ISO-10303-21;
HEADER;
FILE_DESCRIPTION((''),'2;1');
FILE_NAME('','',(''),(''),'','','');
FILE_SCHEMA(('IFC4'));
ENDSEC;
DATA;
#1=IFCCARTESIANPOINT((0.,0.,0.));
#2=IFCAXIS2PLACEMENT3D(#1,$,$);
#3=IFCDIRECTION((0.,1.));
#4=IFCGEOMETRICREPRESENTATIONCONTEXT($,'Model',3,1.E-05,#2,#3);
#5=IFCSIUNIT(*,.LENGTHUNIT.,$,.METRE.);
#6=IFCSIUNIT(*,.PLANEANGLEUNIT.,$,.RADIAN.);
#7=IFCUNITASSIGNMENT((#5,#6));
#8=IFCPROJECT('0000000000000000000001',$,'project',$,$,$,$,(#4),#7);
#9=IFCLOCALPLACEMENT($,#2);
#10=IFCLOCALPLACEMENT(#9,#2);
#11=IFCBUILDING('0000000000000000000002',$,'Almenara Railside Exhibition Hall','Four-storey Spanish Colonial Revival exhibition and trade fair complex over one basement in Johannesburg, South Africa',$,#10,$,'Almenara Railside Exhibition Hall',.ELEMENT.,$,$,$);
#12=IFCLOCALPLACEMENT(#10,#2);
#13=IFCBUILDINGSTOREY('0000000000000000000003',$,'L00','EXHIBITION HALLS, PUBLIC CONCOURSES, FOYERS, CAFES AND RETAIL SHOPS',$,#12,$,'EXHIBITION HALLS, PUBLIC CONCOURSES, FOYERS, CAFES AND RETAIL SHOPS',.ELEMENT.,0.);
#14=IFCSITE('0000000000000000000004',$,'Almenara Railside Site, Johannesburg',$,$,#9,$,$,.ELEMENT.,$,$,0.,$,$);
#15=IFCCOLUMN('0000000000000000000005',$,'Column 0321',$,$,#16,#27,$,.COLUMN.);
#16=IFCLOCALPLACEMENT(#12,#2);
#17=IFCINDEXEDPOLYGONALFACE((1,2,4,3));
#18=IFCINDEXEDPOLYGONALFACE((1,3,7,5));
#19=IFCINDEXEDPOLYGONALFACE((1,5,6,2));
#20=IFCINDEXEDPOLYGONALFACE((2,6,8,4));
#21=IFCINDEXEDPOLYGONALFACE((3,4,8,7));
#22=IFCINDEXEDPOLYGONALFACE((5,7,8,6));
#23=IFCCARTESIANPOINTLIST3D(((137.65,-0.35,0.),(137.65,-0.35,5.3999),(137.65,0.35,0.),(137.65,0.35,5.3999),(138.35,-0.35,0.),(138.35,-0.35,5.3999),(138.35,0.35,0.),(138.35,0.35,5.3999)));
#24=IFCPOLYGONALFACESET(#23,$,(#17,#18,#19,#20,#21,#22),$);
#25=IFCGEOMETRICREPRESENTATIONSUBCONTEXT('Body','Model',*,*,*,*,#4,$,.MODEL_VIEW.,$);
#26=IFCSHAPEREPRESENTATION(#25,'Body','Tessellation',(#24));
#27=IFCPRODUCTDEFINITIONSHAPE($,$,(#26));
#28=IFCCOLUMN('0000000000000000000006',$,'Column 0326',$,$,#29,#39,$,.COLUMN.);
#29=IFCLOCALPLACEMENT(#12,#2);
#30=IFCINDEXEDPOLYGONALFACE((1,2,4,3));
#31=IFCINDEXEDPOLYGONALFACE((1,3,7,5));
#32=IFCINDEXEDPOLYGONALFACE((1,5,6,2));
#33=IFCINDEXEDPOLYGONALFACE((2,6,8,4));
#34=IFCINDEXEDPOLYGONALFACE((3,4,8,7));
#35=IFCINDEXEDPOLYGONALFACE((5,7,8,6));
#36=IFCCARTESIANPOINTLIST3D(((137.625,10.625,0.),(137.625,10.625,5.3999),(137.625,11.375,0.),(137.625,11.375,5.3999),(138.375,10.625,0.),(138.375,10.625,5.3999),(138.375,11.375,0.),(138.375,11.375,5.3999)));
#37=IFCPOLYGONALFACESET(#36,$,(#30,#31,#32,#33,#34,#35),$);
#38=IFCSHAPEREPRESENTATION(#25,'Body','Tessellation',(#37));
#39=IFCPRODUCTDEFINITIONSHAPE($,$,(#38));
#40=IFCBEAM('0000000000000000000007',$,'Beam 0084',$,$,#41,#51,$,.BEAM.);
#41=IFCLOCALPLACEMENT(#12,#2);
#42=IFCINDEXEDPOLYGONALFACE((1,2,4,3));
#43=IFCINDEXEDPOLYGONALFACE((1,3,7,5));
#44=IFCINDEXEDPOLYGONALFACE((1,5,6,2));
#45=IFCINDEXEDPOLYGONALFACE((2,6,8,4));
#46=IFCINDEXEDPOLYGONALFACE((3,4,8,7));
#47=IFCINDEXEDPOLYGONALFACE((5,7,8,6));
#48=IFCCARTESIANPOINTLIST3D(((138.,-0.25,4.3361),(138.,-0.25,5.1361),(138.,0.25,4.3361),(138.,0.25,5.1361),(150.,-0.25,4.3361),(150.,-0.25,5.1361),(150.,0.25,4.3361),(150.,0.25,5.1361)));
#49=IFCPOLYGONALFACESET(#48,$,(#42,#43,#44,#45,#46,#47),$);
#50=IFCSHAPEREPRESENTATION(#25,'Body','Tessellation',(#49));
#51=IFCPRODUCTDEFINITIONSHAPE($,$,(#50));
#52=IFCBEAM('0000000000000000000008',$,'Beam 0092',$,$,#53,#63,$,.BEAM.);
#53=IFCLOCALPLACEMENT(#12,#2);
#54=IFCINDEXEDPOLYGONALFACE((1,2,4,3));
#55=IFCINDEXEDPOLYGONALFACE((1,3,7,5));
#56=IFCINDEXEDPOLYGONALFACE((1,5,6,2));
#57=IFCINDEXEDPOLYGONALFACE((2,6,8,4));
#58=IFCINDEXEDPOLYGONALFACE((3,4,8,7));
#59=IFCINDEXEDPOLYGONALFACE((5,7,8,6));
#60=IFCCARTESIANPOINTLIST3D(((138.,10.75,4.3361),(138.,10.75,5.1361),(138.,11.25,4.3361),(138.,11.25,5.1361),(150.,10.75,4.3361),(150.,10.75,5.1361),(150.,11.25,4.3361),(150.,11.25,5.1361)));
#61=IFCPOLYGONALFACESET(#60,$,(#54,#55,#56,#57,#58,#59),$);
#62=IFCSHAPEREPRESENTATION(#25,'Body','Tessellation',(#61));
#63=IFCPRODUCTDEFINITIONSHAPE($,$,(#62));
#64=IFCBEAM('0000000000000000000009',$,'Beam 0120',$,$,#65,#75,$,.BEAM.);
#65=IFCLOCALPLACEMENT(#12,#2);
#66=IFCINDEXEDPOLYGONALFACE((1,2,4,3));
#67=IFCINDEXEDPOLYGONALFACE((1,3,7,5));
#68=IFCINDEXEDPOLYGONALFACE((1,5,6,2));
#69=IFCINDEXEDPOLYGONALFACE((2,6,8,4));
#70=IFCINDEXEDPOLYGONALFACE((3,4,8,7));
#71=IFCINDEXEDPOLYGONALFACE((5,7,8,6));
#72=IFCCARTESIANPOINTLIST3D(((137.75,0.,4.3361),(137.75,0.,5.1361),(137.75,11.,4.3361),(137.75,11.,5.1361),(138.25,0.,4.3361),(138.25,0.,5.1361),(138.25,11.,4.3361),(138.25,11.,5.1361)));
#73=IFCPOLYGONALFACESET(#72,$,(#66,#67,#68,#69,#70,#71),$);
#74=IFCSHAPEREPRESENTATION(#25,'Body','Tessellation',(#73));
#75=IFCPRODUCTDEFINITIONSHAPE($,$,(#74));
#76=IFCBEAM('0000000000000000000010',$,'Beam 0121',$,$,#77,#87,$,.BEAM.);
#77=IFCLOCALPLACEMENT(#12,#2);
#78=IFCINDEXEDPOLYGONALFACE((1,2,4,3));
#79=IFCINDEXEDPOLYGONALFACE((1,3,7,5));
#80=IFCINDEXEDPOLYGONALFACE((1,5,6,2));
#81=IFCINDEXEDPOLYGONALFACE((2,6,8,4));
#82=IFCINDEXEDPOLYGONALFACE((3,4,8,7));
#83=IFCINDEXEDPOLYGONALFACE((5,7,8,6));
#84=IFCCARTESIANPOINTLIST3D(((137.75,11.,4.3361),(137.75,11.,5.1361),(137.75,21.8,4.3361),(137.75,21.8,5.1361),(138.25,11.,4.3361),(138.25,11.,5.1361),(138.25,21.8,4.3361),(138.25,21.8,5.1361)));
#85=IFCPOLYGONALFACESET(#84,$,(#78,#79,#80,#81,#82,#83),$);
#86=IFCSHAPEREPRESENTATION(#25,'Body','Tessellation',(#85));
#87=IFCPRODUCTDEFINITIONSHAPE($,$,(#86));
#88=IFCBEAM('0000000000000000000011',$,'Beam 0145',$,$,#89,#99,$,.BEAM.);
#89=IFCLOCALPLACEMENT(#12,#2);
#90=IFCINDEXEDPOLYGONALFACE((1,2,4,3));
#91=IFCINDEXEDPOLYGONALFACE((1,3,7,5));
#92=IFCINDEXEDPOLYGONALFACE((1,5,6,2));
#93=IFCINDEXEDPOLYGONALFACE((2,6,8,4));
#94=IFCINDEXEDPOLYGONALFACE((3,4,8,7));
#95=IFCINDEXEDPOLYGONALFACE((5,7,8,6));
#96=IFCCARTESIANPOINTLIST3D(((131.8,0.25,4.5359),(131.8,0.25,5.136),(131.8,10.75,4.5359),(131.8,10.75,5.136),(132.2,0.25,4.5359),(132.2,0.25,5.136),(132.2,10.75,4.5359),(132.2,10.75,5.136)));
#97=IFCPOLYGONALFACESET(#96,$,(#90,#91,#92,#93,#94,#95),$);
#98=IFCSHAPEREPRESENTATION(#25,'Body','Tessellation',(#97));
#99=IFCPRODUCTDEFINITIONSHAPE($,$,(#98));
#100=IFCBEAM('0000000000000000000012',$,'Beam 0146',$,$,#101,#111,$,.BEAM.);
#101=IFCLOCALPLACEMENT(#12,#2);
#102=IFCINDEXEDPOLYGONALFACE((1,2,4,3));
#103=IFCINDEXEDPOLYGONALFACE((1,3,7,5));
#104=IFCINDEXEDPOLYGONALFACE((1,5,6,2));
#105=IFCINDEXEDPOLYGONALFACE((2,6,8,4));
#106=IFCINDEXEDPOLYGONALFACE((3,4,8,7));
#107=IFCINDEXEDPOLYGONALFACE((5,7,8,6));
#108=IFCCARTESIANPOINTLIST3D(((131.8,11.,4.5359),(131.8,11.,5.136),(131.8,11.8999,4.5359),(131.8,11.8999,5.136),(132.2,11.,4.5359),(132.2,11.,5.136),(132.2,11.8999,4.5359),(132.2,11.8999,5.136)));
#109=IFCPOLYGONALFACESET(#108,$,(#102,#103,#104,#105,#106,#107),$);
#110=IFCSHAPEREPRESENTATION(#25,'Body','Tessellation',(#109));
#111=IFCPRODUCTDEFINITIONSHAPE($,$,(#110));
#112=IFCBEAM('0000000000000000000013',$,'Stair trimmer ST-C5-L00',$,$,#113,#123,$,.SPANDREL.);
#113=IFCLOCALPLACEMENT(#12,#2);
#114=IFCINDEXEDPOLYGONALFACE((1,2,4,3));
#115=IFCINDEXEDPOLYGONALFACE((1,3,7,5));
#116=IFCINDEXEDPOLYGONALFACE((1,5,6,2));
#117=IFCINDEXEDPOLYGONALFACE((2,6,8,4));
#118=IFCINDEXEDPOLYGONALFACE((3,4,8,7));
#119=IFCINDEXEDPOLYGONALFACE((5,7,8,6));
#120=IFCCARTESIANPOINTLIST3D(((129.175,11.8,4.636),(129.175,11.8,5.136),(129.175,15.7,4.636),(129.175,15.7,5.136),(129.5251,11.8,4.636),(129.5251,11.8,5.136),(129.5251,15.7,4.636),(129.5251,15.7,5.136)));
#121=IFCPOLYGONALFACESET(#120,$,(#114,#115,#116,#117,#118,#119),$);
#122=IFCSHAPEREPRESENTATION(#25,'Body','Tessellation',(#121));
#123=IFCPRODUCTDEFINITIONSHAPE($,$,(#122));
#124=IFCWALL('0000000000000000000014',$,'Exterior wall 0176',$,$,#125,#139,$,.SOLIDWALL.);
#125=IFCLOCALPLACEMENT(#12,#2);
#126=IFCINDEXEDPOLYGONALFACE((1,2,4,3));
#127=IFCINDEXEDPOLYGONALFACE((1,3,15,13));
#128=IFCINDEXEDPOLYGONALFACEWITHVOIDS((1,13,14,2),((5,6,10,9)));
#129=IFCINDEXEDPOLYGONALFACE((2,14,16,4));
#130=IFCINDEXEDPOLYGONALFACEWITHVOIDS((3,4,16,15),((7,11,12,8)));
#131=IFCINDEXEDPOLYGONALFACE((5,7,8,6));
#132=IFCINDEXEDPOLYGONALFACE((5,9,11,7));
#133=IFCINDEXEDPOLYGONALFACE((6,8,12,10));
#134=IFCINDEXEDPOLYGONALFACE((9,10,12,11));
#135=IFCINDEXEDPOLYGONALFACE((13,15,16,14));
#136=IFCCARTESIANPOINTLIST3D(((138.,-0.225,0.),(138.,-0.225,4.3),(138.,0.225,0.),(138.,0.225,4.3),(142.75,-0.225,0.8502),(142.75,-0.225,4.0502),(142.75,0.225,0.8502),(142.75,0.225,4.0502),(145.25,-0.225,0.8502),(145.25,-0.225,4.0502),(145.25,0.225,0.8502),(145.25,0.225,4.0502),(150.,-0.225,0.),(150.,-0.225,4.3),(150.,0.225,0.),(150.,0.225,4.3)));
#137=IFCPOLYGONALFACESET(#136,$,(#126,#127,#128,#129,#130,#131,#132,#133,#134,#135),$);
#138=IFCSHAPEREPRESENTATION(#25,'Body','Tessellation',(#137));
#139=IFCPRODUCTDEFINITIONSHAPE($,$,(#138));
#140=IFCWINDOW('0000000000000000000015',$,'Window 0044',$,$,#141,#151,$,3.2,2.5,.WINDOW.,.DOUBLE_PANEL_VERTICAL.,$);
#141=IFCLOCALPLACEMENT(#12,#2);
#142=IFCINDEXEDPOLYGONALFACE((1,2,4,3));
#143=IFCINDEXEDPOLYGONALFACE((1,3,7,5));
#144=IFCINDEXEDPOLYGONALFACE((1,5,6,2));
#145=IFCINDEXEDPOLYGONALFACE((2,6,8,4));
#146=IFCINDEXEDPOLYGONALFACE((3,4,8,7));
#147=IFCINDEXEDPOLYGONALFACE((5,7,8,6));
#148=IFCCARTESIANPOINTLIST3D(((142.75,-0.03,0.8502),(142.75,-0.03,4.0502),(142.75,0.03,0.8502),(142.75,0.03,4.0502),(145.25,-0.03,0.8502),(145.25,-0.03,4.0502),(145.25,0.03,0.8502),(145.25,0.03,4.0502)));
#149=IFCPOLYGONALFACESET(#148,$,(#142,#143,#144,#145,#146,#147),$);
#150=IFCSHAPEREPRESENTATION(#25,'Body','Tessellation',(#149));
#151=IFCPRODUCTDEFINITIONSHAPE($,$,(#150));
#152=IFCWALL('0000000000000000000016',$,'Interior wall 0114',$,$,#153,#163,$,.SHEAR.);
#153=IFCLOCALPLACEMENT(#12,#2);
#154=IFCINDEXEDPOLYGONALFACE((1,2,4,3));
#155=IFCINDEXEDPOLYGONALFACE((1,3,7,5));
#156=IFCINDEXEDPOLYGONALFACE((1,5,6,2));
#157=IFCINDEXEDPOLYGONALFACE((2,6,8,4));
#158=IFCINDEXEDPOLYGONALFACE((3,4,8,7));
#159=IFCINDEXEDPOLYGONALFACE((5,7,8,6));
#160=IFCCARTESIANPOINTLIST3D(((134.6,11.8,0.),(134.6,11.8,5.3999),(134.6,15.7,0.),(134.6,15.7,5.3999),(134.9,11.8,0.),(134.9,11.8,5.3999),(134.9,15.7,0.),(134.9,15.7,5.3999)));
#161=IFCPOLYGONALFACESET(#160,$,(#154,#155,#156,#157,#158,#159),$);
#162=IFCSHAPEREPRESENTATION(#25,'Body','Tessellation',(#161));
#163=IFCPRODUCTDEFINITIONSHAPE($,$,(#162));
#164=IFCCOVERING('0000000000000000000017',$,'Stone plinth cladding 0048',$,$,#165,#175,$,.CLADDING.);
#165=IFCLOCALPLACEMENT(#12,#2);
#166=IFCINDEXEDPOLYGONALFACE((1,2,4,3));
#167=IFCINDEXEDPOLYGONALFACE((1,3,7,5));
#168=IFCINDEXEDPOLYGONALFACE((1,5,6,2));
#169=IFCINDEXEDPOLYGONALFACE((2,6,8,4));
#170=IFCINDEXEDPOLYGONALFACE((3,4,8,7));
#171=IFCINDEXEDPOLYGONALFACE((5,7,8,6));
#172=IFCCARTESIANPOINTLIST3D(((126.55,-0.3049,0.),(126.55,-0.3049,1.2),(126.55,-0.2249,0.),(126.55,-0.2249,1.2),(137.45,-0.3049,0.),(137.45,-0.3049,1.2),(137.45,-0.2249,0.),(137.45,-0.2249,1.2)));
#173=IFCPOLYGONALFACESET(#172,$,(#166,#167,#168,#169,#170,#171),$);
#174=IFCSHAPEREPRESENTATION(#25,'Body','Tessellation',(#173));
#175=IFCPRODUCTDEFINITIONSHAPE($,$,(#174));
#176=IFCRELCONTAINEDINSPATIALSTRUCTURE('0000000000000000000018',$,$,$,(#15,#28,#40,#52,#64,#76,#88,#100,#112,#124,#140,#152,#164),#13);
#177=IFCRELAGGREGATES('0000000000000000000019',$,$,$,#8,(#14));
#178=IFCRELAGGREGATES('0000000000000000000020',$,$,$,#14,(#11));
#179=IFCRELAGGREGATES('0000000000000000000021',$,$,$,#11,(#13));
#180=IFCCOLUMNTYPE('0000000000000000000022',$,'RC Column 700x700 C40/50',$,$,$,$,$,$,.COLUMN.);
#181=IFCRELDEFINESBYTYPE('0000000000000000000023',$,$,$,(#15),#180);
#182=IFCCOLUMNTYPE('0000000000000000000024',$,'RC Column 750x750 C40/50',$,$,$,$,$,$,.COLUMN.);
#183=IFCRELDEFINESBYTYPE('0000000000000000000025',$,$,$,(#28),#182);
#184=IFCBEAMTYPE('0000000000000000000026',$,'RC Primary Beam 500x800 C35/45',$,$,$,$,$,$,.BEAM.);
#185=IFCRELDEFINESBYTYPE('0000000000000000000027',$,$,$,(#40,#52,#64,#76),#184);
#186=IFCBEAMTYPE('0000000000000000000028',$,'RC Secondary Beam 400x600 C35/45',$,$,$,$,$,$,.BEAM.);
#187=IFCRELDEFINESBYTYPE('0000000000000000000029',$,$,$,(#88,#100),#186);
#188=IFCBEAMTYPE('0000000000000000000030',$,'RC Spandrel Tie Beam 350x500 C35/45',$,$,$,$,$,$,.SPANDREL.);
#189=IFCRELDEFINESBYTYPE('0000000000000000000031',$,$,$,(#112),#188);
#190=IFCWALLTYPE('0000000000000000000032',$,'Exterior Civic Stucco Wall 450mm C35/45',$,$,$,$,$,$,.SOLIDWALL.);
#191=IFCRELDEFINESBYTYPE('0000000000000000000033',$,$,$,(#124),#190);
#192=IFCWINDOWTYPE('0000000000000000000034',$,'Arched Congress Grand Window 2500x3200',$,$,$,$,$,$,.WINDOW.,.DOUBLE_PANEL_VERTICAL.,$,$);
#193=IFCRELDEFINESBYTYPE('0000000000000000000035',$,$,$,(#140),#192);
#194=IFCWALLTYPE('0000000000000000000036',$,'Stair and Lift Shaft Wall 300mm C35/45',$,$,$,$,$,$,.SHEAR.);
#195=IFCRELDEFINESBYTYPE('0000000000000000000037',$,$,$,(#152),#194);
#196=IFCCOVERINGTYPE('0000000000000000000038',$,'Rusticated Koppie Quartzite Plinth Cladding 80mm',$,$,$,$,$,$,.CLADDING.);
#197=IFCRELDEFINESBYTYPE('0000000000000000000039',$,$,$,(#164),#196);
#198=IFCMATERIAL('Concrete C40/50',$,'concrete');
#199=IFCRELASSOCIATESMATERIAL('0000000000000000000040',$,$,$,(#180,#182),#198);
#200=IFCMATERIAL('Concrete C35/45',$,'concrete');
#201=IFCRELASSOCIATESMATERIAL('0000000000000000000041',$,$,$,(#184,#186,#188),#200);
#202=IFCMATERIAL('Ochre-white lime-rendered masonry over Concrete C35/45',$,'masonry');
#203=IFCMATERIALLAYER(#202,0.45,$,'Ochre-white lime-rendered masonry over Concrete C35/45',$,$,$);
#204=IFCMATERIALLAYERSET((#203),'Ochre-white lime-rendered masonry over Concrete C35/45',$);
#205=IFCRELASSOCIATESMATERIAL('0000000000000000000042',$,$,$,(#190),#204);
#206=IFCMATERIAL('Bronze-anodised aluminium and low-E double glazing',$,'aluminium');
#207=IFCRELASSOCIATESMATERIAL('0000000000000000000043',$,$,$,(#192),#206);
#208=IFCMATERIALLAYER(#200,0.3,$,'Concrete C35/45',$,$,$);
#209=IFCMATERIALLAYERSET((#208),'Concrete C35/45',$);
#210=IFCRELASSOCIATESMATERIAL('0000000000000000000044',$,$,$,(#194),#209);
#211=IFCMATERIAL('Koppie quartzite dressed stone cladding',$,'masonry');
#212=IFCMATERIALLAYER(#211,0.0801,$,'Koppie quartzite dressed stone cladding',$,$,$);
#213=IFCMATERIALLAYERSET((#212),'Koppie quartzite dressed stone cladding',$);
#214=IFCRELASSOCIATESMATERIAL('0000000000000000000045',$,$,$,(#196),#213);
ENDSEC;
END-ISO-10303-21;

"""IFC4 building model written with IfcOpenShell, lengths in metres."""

from ifc_helpers import new_model, si_unit, direction, frame, frame_2d, origin, origin_2d, place, context, subcontext, project, spatial, rectangle, extrude, material, layer, layer_set, material_profile, profile_set, type_object, element, fill, save


model = new_model("IFC4")

# Units and contexts
model_context = context("Model", 3, precision=1e-05, world=origin(), true_north=direction((0.0, 1.0)))
body_context = subcontext(model_context, "Body", "Model", "MODEL_VIEW")
ifc_project = project(units=[si_unit("LENGTHUNIT", "METRE"), si_unit("PLANEANGLEUNIT", "RADIAN")], contexts=[model_context])

# Site, building, storey
site_placement = place(None, origin())
site = spatial("IfcSite", under=ifc_project, at=site_placement, Name="Almenara Railside Site, Johannesburg", CompositionType="ELEMENT", RefElevation=0.0)
building_placement = place(site_placement, origin())
building = spatial("IfcBuilding", under=site, at=building_placement, Name="Almenara Railside Exhibition Hall", Description="Four-storey Spanish Colonial Revival exhibition and trade fair complex over one basement in Johannesburg, South Africa", LongName="Almenara Railside Exhibition Hall", CompositionType="ELEMENT")
storey_placement = place(building_placement, origin())
storey = spatial("IfcBuildingStorey", under=building, at=storey_placement, Name="L00", Description="EXHIBITION HALLS, PUBLIC CONCOURSES, FOYERS, CAFES AND RETAIL SHOPS", LongName="EXHIBITION HALLS, PUBLIC CONCOURSES, FOYERS, CAFES AND RETAIL SHOPS", CompositionType="ELEMENT", Elevation=0.0)

# Columns
ifc_material_1 = material(Name="Concrete C40/50", Category="concrete")
ifc_material_profile_1 = material_profile(ifc_material_1, rectangle(XDim=0.7, YDim=0.7, at=origin_2d()), Name="RC 700x700")
ifc_profile_set_1 = profile_set([ifc_material_profile_1], Name="Concrete C40/50")
column_type_1 = type_object("IfcColumnType", Name="RC Column 700x700 C40/50", PredefinedType="COLUMN", material=ifc_profile_set_1)
column_1_placement = place(storey_placement, frame((138.0, 0.0, 0.0), z_axis=(0.0, 0.0, 1.0), x_axis=(1.0, 0.0, 0.0)))
element("IfcColumn", 1, at=column_1_placement, inside=storey, type_object=column_type_1, Name="Column 0321", PredefinedType="COLUMN", context=body_context, shape_type="SweptSolid", body=[
    extrude(rectangle(XDim=0.7, YDim=0.7, at=origin_2d()), origin(), (0.0, 0.0, 1.0), 5.3999),
])
ifc_material_profile_2 = material_profile(ifc_material_1, rectangle(XDim=0.75, YDim=0.75, at=origin_2d()), Name="RC 750x750")
ifc_profile_set_2 = profile_set([ifc_material_profile_2], Name="Concrete C40/50")
column_type_2 = type_object("IfcColumnType", Name="RC Column 750x750 C40/50", PredefinedType="COLUMN", material=ifc_profile_set_2)
column_2_placement = place(storey_placement, frame((138.0, 11.0, 0.0), z_axis=(0.0, 0.0, 1.0), x_axis=(1.0, 0.0, 0.0)))
element("IfcColumn", 2, at=column_2_placement, inside=storey, type_object=column_type_2, Name="Column 0326", PredefinedType="COLUMN", context=body_context, shape_type="SweptSolid", body=[
    extrude(rectangle(XDim=0.75, YDim=0.75, at=origin_2d()), origin(), (0.0, 0.0, 1.0), 5.3999),
])

# Beams
ifc_material_2 = material(Name="Concrete C35/45", Category="concrete")
ifc_material_profile_3 = material_profile(ifc_material_2, rectangle(XDim=0.5, YDim=0.8, at=origin_2d()), Name="RC 500x800")
ifc_profile_set_3 = profile_set([ifc_material_profile_3], Name="Concrete C35/45")
beam_type_1 = type_object("IfcBeamType", Name="RC Primary Beam 500x800 C35/45", PredefinedType="BEAM", material=ifc_profile_set_3)
for number, where, z_axis, x_axis, name in (
    (3, (138.0, 0.0, 4.7361), (1.0, 0.0, 0.0), (0.0, 1.0, 0.0), "Beam 0084"),
    (4, (138.0, 11.0, 4.7361), (1.0, 0.0, 0.0), (0.0, 1.0, 0.0), "Beam 0092"),
):
    element("IfcBeam", number, at=place(storey_placement, frame(where, z_axis=z_axis, x_axis=x_axis)), inside=storey, type_object=beam_type_1, Name=name, PredefinedType="BEAM", context=body_context, shape_type="SweptSolid", body=[
        extrude(rectangle(XDim=0.5, YDim=0.8, at=origin_2d()), origin(), (0.0, 0.0, 1.0), 12.0),
    ])
beam_1_placement = place(storey_placement, frame((138.0, 0.0, 4.7361), z_axis=(0.0, 1.0, 0.0), x_axis=(-1.0, 0.0, 0.0)))
element("IfcBeam", 5, at=beam_1_placement, inside=storey, type_object=beam_type_1, Name="Beam 0120", PredefinedType="BEAM", context=body_context, shape_type="SweptSolid", body=[
    extrude(rectangle(XDim=0.5, YDim=0.8, at=origin_2d()), origin(), (0.0, 0.0, 1.0), 11.0),
])
beam_2_placement = place(storey_placement, frame((138.0, 11.0, 4.7361), z_axis=(0.0, 1.0, 0.0), x_axis=(-1.0, 0.0, 0.0)))
element("IfcBeam", 6, at=beam_2_placement, inside=storey, type_object=beam_type_1, Name="Beam 0121", PredefinedType="BEAM", context=body_context, shape_type="SweptSolid", body=[
    extrude(rectangle(XDim=0.5, YDim=0.8, at=origin_2d()), origin(), (0.0, 0.0, 1.0), 10.8),
])
ifc_material_profile_4 = material_profile(ifc_material_2, rectangle(XDim=0.3999, YDim=0.6001, at=origin_2d()), Name="RC 400x600")
ifc_profile_set_4 = profile_set([ifc_material_profile_4], Name="Concrete C35/45")
beam_type_2 = type_object("IfcBeamType", Name="RC Secondary Beam 400x600 C35/45", PredefinedType="BEAM", material=ifc_profile_set_4)
beam_3_placement = place(storey_placement, frame((132.0, 0.25, 4.8359), z_axis=(0.0, 1.0, 0.0), x_axis=(-1.0, 0.0, 0.0)))
element("IfcBeam", 7, at=beam_3_placement, inside=storey, type_object=beam_type_2, Name="Beam 0145", PredefinedType="BEAM", context=body_context, shape_type="SweptSolid", body=[
    extrude(rectangle(XDim=0.3999, YDim=0.6001, at=origin_2d()), origin(), (0.0, 0.0, 1.0), 10.5),
])
beam_4_placement = place(storey_placement, frame((132.0, 11.0, 4.8359), z_axis=(0.0, 1.0, 0.0), x_axis=(-1.0, 0.0, 0.0)))
element("IfcBeam", 8, at=beam_4_placement, inside=storey, type_object=beam_type_2, Name="Beam 0146", PredefinedType="BEAM", context=body_context, shape_type="SweptSolid", body=[
    extrude(rectangle(XDim=0.3999, YDim=0.6001, at=origin_2d()), origin(), (0.0, 0.0, 1.0), 0.8999),
])
ifc_material_profile_5 = material_profile(ifc_material_2, rectangle(XDim=0.3501, YDim=0.5, at=origin_2d()), Name="RC 350x500")
ifc_profile_set_5 = profile_set([ifc_material_profile_5], Name="Concrete C35/45")
beam_type_3 = type_object("IfcBeamType", Name="RC Spandrel Tie Beam 350x500 C35/45", PredefinedType="SPANDREL", material=ifc_profile_set_5)
beam_5_placement = place(storey_placement, frame((129.3501, 11.8, 4.886), z_axis=(0.0, 1.0, 0.0), x_axis=(-1.0, 0.0, 0.0)))
element("IfcBeam", 9, at=beam_5_placement, inside=storey, type_object=beam_type_3, Name="Stair trimmer ST-C5-L00", PredefinedType="SPANDREL", context=body_context, shape_type="SweptSolid", body=[
    extrude(rectangle(XDim=0.3501, YDim=0.5, at=origin_2d()), origin(), (0.0, 0.0, 1.0), 3.8999),
])

# Wall, opening, window
ifc_material_3 = material(Name="Ochre-white lime-rendered masonry over Concrete C35/45", Category="masonry")
ifc_layer_1 = layer(ifc_material_3, 0.45, Name="Ochre-white lime-rendered masonry over Concrete C35/45")
ifc_layer_set_1 = layer_set([ifc_layer_1], Name="Ochre-white lime-rendered masonry over Concrete C35/45")
wall_type_1 = type_object("IfcWallType", Name="Exterior Civic Stucco Wall 450mm C35/45", PredefinedType="SOLIDWALL", material=ifc_layer_set_1)
wall_1_placement = place(storey_placement, frame((138.0, 0.0, 0.0), z_axis=(0.0, 0.0, 1.0), x_axis=(1.0, 0.0, 0.0)))
wall_1 = element("IfcWall", 10, at=wall_1_placement, inside=storey, type_object=wall_type_1, Name="Exterior wall 0176", PredefinedType="SOLIDWALL", context=body_context, shape_type="SweptSolid", body=[
    extrude(rectangle(XDim=12.0, YDim=0.45, at=frame_2d((6.0, 0.0))), origin(), (0.0, 0.0, 1.0), 4.3),
])
opening_placement = place(wall_1_placement, frame((4.75, 0.0, 0.8501)))
opening = element("IfcOpeningElement", 11, at=opening_placement, cuts=wall_1, PredefinedType="OPENING", context=body_context, shape_type="SweptSolid", body=[
    extrude(rectangle(XDim=2.5, YDim=3.2, at=frame_2d((1.25, 1.6001))), frame((0.0, 0.2349, 0.0), z_axis=(0.0, -1.0, 0.0), x_axis=(1.0, 0.0, 0.0)), (0.0, 0.0, 1.0), 0.47),
])
ifc_material_4 = material(Name="Bronze-anodised aluminium and low-E double glazing", Category="aluminium")
window_type = type_object("IfcWindowType", Name="Arched Congress Grand Window 2500x3200", PartitioningType="DOUBLE_PANEL_VERTICAL", PredefinedType="WINDOW", material=ifc_material_4)
window_placement = place(opening_placement, origin())
window = element("IfcWindow", 12, at=window_placement, inside=storey, type_object=window_type, Name="Window 0044", OverallHeight=3.2, OverallWidth=2.5, PartitioningType="DOUBLE_PANEL_VERTICAL", PredefinedType="WINDOW", context=body_context, shape_type="SweptSolid", body=[
    extrude(rectangle(XDim=2.5, YDim=3.2, at=frame_2d((1.25, 1.6001))), frame((0.0, 0.03, 0.0), z_axis=(0.0, -1.0, 0.0), x_axis=(1.0, 0.0, 0.0)), (0.0, 0.0, 1.0), 0.0601),
])
fill(opening, window)

# Wall
ifc_layer_2 = layer(ifc_material_2, 0.3, Name="Concrete C35/45")
ifc_layer_set_2 = layer_set([ifc_layer_2], Name="Concrete C35/45")
wall_type_2 = type_object("IfcWallType", Name="Stair and Lift Shaft Wall 300mm C35/45", PredefinedType="SHEAR", material=ifc_layer_set_2)
wall_2_placement = place(storey_placement, frame((134.75, 11.8, 0.0), z_axis=(0.0, 0.0, 1.0), x_axis=(0.0, 1.0, 0.0)))
element("IfcWall", 13, at=wall_2_placement, inside=storey, type_object=wall_type_2, Name="Interior wall 0114", PredefinedType="SHEAR", context=body_context, shape_type="SweptSolid", body=[
    extrude(rectangle(XDim=3.8999, YDim=0.3, at=frame_2d((1.95, 0.0))), origin(), (0.0, 0.0, 1.0), 5.3999),
])

# Covering
ifc_material_5 = material(Name="Koppie quartzite dressed stone cladding", Category="masonry")
ifc_layer_3 = layer(ifc_material_5, 0.0801, Name="Koppie quartzite dressed stone cladding")
ifc_layer_set_3 = layer_set([ifc_layer_3], Name="Koppie quartzite dressed stone cladding")
covering_type = type_object("IfcCoveringType", Name="Rusticated Koppie Quartzite Plinth Cladding 80mm", PredefinedType="CLADDING", material=ifc_layer_set_3)
covering_placement = place(storey_placement, frame((132.0, -0.2649, 0.0), z_axis=(0.0, 0.0, 1.0), x_axis=(1.0, 0.0, 0.0)))
element("IfcCovering", 14, at=covering_placement, inside=storey, type_object=covering_type, Name="Stone plinth cladding 0048", PredefinedType="CLADDING", context=body_context, shape_type="SweptSolid", body=[
    extrude(rectangle(XDim=10.8999, YDim=0.0801, at=origin_2d()), origin(), (0.0, 0.0, 1.0), 1.2),
])

save(model, "model.ifc")
